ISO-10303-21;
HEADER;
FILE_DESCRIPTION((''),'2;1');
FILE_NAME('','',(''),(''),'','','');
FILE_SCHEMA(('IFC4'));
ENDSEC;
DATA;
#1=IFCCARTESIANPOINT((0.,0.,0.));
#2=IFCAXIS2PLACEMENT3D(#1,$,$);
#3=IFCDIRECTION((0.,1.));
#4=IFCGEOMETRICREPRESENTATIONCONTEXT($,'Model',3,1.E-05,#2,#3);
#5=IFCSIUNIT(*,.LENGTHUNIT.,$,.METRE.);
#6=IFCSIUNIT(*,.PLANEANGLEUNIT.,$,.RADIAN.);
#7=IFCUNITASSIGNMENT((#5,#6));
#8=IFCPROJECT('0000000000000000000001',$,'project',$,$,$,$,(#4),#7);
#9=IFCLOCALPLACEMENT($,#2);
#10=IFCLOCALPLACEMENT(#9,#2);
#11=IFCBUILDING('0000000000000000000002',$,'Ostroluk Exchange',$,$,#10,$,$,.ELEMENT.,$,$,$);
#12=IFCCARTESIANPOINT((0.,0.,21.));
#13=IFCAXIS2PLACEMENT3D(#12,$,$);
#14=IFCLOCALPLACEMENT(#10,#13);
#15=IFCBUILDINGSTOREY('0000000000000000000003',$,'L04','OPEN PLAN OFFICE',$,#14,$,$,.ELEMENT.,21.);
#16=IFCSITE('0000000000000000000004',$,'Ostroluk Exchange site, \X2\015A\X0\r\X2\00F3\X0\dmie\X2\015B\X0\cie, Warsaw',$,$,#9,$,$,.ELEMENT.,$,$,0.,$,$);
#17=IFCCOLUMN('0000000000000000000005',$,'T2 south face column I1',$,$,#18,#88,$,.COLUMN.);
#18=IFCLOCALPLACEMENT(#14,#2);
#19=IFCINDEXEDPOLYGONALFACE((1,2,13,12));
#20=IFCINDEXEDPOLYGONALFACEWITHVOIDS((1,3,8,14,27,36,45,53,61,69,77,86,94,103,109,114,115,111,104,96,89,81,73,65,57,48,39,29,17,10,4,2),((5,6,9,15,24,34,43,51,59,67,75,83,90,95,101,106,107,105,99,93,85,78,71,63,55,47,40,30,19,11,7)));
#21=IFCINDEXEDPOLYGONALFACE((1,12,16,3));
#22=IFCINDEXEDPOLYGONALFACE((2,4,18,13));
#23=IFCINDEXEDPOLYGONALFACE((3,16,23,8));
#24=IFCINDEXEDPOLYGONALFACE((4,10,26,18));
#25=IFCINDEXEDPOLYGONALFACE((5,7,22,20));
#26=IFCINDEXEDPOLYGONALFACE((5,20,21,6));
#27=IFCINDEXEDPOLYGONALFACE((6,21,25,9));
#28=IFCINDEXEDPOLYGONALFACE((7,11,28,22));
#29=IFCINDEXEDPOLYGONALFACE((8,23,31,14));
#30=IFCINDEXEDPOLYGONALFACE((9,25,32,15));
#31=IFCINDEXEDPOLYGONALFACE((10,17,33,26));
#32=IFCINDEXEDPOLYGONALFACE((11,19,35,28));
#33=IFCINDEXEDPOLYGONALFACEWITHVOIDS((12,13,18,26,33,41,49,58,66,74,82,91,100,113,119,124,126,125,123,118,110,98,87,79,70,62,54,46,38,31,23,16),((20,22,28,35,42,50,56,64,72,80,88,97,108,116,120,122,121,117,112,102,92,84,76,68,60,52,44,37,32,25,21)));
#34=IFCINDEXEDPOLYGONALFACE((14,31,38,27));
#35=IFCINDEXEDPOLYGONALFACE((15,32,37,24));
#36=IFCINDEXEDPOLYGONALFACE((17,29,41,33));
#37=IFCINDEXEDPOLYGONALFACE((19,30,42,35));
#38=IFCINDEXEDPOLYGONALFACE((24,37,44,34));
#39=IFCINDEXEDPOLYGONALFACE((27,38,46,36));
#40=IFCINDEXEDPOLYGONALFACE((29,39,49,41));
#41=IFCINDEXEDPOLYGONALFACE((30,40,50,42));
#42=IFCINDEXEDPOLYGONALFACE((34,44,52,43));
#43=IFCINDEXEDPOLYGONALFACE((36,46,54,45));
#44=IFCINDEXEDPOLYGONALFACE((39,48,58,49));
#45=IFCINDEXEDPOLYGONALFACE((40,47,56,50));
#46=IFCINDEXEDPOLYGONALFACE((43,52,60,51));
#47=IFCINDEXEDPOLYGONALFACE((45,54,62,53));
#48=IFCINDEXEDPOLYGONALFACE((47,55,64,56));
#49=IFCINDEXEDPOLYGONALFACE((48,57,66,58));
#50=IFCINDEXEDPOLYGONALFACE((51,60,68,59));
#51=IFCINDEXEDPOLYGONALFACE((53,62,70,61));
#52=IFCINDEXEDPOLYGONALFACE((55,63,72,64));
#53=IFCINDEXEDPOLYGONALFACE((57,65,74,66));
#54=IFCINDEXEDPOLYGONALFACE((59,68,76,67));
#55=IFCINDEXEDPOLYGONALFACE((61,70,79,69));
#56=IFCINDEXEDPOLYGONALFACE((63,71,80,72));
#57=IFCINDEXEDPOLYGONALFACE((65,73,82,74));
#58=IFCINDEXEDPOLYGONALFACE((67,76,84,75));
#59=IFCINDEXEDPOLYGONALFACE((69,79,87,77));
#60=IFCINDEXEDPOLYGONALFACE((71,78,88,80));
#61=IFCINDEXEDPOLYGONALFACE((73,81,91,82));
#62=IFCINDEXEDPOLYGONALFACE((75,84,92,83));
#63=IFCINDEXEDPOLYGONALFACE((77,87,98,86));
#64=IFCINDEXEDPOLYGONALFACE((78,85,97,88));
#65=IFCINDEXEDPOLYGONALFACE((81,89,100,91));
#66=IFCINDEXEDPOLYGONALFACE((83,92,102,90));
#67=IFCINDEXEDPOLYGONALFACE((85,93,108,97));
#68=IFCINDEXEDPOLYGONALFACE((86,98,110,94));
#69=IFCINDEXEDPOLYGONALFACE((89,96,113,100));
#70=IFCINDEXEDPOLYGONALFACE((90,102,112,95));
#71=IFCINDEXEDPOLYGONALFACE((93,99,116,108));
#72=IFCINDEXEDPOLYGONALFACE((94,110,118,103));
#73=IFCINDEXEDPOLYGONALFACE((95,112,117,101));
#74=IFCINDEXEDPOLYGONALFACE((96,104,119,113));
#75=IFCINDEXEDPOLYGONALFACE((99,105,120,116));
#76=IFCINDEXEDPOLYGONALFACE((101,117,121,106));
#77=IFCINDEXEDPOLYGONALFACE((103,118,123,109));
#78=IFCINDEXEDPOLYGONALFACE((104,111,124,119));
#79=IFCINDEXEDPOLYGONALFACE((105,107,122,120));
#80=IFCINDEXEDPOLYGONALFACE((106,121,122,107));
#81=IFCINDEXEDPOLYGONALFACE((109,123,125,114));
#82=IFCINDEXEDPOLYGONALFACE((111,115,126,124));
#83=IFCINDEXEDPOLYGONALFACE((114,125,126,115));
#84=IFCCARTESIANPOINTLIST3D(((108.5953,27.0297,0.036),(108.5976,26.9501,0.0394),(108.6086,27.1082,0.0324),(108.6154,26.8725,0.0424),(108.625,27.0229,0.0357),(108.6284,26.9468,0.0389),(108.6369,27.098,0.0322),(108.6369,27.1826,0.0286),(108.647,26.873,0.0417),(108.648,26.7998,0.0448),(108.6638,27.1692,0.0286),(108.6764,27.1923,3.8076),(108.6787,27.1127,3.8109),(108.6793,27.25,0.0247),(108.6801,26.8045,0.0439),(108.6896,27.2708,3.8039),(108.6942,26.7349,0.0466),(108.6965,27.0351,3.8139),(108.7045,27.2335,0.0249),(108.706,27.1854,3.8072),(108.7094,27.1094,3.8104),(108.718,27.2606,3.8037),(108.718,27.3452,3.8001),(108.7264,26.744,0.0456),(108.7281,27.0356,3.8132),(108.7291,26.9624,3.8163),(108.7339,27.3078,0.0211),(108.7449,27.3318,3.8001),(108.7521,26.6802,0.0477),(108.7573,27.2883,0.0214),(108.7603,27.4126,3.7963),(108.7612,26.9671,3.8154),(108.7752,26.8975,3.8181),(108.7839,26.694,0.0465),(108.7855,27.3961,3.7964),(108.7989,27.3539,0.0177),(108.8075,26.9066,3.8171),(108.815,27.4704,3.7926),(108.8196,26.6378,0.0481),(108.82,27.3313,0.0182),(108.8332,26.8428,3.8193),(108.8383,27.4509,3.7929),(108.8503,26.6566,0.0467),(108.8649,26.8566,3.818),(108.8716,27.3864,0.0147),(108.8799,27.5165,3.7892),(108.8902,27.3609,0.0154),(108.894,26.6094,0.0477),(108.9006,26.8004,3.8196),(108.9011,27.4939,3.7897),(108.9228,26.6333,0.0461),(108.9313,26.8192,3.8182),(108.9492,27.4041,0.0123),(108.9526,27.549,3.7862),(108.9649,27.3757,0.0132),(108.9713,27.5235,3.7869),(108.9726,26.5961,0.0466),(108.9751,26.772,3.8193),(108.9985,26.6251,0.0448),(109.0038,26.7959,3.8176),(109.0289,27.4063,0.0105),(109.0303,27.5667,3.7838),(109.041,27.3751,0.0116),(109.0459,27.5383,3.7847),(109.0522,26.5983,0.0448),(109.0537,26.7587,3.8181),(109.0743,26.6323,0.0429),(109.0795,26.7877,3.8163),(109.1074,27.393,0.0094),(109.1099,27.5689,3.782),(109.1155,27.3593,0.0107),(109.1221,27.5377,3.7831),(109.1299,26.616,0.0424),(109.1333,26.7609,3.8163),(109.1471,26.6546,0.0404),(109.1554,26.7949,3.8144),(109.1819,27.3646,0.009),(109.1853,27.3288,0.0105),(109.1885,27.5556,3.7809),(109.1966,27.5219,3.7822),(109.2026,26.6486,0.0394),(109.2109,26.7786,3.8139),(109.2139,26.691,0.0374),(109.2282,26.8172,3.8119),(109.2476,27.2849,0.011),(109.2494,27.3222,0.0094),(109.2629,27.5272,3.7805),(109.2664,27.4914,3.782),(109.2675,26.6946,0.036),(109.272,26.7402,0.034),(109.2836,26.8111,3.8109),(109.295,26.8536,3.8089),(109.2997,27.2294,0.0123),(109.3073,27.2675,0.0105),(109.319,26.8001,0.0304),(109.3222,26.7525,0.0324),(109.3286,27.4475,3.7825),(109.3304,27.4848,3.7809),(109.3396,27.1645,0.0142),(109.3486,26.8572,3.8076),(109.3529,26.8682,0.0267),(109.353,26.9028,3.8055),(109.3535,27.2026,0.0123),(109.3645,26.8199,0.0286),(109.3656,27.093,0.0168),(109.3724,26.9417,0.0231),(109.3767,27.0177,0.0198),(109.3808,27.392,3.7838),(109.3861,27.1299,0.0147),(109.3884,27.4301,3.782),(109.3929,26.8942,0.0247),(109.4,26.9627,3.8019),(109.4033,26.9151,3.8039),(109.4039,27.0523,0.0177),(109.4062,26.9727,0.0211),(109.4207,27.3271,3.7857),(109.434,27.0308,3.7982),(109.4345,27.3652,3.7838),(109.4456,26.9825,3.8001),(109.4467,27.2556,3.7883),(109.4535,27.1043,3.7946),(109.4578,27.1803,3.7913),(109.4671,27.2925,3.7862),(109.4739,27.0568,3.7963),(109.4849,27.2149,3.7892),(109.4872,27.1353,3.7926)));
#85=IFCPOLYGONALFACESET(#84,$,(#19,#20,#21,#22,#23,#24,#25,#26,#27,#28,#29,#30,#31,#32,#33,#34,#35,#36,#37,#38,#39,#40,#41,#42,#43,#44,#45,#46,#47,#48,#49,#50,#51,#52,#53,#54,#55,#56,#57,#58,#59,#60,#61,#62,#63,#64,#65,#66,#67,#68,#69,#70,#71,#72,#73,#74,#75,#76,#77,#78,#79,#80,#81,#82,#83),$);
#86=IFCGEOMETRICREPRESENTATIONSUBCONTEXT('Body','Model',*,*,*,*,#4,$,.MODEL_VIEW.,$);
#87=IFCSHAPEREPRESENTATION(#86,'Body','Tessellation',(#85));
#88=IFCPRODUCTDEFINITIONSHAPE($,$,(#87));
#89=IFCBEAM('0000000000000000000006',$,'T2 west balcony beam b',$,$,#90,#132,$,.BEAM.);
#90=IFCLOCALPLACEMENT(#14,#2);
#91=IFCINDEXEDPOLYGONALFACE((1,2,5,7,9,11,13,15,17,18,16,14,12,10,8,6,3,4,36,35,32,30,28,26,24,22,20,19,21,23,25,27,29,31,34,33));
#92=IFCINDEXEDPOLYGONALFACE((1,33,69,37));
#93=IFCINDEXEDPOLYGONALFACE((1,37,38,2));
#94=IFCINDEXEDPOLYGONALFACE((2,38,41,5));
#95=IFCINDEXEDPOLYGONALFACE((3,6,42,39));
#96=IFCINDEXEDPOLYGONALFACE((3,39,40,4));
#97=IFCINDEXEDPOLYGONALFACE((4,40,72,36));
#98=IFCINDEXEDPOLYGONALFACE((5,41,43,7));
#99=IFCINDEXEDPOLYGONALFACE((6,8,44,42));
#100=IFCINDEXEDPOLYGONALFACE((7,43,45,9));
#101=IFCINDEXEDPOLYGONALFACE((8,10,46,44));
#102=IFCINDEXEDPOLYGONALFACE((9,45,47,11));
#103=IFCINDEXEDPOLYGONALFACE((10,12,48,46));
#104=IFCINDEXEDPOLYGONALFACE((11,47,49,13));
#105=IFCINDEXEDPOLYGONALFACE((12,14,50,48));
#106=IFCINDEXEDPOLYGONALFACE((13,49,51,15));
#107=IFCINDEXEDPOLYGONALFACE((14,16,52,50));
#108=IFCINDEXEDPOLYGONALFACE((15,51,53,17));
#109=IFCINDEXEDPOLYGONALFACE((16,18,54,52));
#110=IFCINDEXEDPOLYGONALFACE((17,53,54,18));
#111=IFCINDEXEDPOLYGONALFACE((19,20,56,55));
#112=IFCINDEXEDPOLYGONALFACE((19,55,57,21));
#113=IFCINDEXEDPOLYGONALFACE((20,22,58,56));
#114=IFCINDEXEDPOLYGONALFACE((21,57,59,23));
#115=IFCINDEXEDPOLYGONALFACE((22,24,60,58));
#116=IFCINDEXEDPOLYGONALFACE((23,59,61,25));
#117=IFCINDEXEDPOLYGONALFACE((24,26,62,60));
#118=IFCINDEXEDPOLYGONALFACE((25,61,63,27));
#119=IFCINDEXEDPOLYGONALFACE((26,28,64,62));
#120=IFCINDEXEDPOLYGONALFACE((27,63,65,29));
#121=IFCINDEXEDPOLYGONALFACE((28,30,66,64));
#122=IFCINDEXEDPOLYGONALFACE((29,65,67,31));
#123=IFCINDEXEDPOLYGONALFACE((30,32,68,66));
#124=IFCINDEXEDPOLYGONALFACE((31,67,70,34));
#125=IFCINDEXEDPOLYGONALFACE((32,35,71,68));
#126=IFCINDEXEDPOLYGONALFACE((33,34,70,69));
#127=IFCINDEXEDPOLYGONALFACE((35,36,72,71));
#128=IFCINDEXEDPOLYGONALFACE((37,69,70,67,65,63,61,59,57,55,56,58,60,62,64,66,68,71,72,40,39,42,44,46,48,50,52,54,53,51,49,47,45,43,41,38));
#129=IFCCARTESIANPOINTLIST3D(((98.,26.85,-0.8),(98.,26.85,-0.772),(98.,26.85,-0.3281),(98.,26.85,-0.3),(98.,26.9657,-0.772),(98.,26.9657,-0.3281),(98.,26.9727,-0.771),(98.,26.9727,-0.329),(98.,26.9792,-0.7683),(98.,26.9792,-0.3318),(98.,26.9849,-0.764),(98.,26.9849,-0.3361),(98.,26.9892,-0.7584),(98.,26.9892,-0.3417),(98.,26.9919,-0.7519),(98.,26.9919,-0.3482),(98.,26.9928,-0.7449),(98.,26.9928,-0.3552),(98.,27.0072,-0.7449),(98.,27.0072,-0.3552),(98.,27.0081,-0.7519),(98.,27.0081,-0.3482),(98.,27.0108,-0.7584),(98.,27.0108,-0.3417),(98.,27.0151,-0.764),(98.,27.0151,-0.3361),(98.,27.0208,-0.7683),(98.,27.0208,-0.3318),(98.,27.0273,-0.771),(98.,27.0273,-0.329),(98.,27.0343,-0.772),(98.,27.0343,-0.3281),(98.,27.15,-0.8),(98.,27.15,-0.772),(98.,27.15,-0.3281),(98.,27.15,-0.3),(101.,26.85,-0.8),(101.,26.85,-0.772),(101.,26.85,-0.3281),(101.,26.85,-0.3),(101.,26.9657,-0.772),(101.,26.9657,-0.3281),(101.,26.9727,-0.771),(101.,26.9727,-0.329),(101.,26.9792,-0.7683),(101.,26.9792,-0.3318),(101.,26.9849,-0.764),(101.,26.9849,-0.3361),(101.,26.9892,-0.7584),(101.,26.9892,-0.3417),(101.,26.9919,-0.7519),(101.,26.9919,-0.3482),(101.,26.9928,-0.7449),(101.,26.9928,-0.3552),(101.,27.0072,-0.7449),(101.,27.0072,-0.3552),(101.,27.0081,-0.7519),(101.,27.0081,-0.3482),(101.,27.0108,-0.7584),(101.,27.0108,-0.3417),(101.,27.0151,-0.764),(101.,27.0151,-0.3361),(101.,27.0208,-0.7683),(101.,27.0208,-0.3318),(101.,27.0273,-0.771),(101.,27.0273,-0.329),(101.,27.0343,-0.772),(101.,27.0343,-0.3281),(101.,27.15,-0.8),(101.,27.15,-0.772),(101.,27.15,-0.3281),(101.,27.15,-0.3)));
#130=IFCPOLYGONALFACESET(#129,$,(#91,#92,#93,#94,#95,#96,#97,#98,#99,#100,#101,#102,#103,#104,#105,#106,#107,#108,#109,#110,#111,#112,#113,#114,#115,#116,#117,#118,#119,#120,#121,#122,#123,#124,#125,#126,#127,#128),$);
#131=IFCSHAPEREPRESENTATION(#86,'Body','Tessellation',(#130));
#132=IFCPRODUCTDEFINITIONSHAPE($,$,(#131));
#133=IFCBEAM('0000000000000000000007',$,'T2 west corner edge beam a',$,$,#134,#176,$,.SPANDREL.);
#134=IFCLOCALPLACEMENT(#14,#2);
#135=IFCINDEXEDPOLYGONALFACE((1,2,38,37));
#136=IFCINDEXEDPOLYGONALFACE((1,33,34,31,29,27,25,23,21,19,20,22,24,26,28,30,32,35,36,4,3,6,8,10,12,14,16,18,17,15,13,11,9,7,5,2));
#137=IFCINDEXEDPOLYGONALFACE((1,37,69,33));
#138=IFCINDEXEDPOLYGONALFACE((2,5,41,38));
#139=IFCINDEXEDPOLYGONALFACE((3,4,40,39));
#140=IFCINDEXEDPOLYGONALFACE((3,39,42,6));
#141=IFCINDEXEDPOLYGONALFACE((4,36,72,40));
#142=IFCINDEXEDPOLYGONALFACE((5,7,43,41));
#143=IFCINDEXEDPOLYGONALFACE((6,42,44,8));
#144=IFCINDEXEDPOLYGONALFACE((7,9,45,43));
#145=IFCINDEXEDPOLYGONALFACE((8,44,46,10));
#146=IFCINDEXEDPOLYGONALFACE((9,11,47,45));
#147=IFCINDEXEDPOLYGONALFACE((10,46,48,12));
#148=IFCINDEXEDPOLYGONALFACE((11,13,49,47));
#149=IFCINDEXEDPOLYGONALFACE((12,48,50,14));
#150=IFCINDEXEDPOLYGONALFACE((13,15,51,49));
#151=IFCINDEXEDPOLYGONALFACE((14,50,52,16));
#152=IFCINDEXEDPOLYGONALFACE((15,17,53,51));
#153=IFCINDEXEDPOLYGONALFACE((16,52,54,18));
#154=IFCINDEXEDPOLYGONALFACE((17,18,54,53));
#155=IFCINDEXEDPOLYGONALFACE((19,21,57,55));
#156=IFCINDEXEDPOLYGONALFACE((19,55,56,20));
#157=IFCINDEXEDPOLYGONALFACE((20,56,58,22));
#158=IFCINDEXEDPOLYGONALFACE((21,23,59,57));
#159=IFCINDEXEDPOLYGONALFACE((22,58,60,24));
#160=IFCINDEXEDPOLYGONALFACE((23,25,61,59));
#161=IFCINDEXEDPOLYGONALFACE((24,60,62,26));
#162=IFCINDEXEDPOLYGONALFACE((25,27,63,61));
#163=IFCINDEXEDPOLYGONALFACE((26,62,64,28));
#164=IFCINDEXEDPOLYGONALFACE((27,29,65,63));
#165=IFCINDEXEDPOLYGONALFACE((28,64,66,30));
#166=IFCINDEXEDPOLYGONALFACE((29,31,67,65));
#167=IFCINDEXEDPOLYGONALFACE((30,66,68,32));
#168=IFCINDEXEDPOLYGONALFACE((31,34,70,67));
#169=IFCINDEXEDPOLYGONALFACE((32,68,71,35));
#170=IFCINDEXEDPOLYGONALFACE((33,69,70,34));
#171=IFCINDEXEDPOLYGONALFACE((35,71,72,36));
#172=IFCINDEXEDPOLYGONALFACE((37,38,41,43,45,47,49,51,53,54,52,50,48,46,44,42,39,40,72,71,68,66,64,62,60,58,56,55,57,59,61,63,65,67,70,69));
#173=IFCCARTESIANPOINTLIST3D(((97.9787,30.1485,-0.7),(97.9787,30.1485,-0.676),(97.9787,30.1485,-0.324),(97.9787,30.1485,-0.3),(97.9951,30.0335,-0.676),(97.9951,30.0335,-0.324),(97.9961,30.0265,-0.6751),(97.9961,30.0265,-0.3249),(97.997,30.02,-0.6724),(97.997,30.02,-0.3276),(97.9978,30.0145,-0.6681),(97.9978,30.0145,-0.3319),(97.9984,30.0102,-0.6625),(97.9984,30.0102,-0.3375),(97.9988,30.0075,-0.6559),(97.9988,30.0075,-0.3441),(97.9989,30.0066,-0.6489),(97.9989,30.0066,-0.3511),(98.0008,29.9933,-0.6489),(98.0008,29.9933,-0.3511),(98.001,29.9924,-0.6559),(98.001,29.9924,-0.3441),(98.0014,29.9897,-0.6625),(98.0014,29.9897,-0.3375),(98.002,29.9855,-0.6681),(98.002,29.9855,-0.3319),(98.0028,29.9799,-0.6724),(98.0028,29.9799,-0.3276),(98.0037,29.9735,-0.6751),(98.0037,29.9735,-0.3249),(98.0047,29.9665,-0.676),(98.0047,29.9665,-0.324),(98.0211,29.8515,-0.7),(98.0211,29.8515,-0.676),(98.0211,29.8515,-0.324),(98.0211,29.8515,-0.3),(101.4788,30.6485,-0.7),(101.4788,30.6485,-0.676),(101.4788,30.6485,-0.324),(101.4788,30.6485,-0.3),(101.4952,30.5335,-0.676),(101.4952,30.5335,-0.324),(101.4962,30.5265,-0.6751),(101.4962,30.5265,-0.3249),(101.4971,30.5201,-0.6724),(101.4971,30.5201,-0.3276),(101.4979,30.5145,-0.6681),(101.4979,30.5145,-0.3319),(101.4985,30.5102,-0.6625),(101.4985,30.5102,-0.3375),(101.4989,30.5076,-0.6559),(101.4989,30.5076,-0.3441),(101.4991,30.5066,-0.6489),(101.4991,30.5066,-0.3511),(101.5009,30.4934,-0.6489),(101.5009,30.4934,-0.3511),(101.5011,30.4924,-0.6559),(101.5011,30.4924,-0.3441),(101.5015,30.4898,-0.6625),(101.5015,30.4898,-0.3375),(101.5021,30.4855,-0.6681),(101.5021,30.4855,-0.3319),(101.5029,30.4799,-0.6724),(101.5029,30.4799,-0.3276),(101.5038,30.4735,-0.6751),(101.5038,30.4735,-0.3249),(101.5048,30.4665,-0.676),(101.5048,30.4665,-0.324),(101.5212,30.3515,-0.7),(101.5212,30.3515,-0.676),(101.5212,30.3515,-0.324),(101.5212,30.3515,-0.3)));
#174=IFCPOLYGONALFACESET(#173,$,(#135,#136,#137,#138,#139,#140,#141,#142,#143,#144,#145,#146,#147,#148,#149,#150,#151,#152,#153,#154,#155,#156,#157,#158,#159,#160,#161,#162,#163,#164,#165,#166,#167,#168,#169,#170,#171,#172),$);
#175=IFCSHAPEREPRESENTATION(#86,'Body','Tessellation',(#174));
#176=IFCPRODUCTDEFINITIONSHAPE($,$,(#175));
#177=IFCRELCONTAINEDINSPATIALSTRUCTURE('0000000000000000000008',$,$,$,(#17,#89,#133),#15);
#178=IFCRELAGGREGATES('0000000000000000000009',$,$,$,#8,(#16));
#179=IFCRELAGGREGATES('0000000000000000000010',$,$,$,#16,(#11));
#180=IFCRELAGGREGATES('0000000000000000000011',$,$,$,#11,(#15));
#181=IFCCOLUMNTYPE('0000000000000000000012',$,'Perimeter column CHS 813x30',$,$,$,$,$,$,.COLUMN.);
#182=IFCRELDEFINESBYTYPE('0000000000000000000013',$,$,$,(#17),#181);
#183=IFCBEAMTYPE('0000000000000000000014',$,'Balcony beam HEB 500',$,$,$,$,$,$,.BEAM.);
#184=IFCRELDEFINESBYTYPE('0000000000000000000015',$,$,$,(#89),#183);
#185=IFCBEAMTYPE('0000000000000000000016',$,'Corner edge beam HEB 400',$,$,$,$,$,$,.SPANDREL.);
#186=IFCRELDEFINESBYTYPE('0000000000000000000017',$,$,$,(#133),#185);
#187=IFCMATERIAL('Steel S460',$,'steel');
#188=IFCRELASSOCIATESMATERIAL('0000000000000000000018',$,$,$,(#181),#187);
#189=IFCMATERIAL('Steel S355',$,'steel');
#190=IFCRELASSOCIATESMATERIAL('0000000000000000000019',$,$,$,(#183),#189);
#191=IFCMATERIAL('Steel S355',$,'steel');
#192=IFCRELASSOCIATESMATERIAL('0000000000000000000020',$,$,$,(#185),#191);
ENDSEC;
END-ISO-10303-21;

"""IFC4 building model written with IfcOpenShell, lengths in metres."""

from ifc_helpers import new_model, si_unit, direction, frame, origin, origin_2d, place, context, subcontext, project, spatial, hollow_circle, i_section, extrude, material, material_profile, profile_set, type_object, element, save


model = new_model("IFC4")

# Units and contexts
model_context = context("Model", 3, precision=1e-05, world=origin(), true_north=direction((0.0, 1.0)))
body_context = subcontext(model_context, "Body", "Model", "MODEL_VIEW")
ifc_project = project(units=[si_unit("LENGTHUNIT", "METRE"), si_unit("PLANEANGLEUNIT", "RADIAN")], contexts=[model_context])

# Site, building, storey
site_placement = place(None, origin())
site = spatial("IfcSite", under=ifc_project, at=site_placement, Name="Ostroluk Exchange site, Śródmieście, Warsaw", CompositionType="ELEMENT", RefElevation=0.0)
building_placement = place(site_placement, origin())
building = spatial("IfcBuilding", under=site, at=building_placement, Name="Ostroluk Exchange", CompositionType="ELEMENT")
storey_placement = place(building_placement, frame((0.0, 0.0, 21.0)))
storey = spatial("IfcBuildingStorey", under=building, at=storey_placement, Name="L04", Description="OPEN PLAN OFFICE", CompositionType="ELEMENT", Elevation=21.0)

# Column
ifc_material_1 = material(Name="Steel S460", Category="steel")
ifc_material_profile_1 = material_profile(ifc_material_1, hollow_circle(Radius=0.4065, WallThickness=0.03, at=origin_2d()), Name="CHS 813x30")
ifc_profile_set_1 = profile_set([ifc_material_profile_1], Name="Steel S460")
column_type = type_object("IfcColumnType", Name="Perimeter column CHS 813x30", PredefinedType="COLUMN", material=ifc_profile_set_1)
column_placement = place(storey_placement, frame((109.0007, 27.0012, 0.0286), z_axis=(0.021467, 0.043062, 0.998842), x_axis=(-0.894964, 0.446138, 0.0)))
element("IfcColumn", 1, at=column_placement, inside=storey, type_object=column_type, Name="T2 south face column I1", PredefinedType="COLUMN", context=body_context, shape_type="SweptSolid", body=[
    extrude(hollow_circle(Radius=0.4065, WallThickness=0.03, at=origin_2d()), origin(), (0.0, 0.0, 1.0), 3.7759),
])

# Beams
ifc_material_2 = material(Name="Steel S355", Category="steel")
ifc_material_profile_2 = material_profile(ifc_material_2, i_section(OverallWidth=0.3, OverallDepth=0.5, WebThickness=0.0144, FlangeThickness=0.0281, FilletRadius=0.0271, at=origin_2d()), Name="HEB 500")
ifc_profile_set_2 = profile_set([ifc_material_profile_2], Name="Steel S355")
beam_type_1 = type_object("IfcBeamType", Name="Balcony beam HEB 500", PredefinedType="BEAM", material=ifc_profile_set_2)
beam_1_placement = place(storey_placement, frame((101.0, 27.0, -0.55), z_axis=(-1.0, 0.0, 0.0), x_axis=(0.0, -1.0, 0.0)))
element("IfcBeam", 2, at=beam_1_placement, inside=storey, type_object=beam_type_1, Name="T2 west balcony beam b", PredefinedType="BEAM", context=body_context, shape_type="SweptSolid", body=[
    extrude(i_section(OverallWidth=0.3, OverallDepth=0.5, WebThickness=0.0144, FlangeThickness=0.0281, FilletRadius=0.0271, at=origin_2d()), origin(), (0.0, 0.0, 1.0), 3.0),
])
ifc_material_3 = material(Name="Steel S355", Category="steel")
ifc_material_profile_3 = material_profile(ifc_material_3, i_section(OverallWidth=0.3, OverallDepth=0.3999, WebThickness=0.0134, FlangeThickness=0.0239, FilletRadius=0.0271, at=origin_2d()), Name="HEB 400")
ifc_profile_set_3 = profile_set([ifc_material_profile_3], Name="Steel S355")
beam_type_2 = type_object("IfcBeamType", Name="Corner edge beam HEB 400", PredefinedType="SPANDREL", material=ifc_profile_set_3)
beam_2_placement = place(storey_placement, frame((101.5, 30.5, -0.5), z_axis=(-0.989949, -0.141421, 0.0), x_axis=(0.141421, -0.989949, 0.0)))
element("IfcBeam", 3, at=beam_2_placement, inside=storey, type_object=beam_type_2, Name="T2 west corner edge beam a", PredefinedType="SPANDREL", context=body_context, shape_type="SweptSolid", body=[
    extrude(i_section(OverallWidth=0.3, OverallDepth=0.3999, WebThickness=0.0134, FlangeThickness=0.0239, FilletRadius=0.0271, at=origin_2d()), origin(), (0.0, 0.0, 1.0), 3.5356),
])

save(model, "model.ifc")
